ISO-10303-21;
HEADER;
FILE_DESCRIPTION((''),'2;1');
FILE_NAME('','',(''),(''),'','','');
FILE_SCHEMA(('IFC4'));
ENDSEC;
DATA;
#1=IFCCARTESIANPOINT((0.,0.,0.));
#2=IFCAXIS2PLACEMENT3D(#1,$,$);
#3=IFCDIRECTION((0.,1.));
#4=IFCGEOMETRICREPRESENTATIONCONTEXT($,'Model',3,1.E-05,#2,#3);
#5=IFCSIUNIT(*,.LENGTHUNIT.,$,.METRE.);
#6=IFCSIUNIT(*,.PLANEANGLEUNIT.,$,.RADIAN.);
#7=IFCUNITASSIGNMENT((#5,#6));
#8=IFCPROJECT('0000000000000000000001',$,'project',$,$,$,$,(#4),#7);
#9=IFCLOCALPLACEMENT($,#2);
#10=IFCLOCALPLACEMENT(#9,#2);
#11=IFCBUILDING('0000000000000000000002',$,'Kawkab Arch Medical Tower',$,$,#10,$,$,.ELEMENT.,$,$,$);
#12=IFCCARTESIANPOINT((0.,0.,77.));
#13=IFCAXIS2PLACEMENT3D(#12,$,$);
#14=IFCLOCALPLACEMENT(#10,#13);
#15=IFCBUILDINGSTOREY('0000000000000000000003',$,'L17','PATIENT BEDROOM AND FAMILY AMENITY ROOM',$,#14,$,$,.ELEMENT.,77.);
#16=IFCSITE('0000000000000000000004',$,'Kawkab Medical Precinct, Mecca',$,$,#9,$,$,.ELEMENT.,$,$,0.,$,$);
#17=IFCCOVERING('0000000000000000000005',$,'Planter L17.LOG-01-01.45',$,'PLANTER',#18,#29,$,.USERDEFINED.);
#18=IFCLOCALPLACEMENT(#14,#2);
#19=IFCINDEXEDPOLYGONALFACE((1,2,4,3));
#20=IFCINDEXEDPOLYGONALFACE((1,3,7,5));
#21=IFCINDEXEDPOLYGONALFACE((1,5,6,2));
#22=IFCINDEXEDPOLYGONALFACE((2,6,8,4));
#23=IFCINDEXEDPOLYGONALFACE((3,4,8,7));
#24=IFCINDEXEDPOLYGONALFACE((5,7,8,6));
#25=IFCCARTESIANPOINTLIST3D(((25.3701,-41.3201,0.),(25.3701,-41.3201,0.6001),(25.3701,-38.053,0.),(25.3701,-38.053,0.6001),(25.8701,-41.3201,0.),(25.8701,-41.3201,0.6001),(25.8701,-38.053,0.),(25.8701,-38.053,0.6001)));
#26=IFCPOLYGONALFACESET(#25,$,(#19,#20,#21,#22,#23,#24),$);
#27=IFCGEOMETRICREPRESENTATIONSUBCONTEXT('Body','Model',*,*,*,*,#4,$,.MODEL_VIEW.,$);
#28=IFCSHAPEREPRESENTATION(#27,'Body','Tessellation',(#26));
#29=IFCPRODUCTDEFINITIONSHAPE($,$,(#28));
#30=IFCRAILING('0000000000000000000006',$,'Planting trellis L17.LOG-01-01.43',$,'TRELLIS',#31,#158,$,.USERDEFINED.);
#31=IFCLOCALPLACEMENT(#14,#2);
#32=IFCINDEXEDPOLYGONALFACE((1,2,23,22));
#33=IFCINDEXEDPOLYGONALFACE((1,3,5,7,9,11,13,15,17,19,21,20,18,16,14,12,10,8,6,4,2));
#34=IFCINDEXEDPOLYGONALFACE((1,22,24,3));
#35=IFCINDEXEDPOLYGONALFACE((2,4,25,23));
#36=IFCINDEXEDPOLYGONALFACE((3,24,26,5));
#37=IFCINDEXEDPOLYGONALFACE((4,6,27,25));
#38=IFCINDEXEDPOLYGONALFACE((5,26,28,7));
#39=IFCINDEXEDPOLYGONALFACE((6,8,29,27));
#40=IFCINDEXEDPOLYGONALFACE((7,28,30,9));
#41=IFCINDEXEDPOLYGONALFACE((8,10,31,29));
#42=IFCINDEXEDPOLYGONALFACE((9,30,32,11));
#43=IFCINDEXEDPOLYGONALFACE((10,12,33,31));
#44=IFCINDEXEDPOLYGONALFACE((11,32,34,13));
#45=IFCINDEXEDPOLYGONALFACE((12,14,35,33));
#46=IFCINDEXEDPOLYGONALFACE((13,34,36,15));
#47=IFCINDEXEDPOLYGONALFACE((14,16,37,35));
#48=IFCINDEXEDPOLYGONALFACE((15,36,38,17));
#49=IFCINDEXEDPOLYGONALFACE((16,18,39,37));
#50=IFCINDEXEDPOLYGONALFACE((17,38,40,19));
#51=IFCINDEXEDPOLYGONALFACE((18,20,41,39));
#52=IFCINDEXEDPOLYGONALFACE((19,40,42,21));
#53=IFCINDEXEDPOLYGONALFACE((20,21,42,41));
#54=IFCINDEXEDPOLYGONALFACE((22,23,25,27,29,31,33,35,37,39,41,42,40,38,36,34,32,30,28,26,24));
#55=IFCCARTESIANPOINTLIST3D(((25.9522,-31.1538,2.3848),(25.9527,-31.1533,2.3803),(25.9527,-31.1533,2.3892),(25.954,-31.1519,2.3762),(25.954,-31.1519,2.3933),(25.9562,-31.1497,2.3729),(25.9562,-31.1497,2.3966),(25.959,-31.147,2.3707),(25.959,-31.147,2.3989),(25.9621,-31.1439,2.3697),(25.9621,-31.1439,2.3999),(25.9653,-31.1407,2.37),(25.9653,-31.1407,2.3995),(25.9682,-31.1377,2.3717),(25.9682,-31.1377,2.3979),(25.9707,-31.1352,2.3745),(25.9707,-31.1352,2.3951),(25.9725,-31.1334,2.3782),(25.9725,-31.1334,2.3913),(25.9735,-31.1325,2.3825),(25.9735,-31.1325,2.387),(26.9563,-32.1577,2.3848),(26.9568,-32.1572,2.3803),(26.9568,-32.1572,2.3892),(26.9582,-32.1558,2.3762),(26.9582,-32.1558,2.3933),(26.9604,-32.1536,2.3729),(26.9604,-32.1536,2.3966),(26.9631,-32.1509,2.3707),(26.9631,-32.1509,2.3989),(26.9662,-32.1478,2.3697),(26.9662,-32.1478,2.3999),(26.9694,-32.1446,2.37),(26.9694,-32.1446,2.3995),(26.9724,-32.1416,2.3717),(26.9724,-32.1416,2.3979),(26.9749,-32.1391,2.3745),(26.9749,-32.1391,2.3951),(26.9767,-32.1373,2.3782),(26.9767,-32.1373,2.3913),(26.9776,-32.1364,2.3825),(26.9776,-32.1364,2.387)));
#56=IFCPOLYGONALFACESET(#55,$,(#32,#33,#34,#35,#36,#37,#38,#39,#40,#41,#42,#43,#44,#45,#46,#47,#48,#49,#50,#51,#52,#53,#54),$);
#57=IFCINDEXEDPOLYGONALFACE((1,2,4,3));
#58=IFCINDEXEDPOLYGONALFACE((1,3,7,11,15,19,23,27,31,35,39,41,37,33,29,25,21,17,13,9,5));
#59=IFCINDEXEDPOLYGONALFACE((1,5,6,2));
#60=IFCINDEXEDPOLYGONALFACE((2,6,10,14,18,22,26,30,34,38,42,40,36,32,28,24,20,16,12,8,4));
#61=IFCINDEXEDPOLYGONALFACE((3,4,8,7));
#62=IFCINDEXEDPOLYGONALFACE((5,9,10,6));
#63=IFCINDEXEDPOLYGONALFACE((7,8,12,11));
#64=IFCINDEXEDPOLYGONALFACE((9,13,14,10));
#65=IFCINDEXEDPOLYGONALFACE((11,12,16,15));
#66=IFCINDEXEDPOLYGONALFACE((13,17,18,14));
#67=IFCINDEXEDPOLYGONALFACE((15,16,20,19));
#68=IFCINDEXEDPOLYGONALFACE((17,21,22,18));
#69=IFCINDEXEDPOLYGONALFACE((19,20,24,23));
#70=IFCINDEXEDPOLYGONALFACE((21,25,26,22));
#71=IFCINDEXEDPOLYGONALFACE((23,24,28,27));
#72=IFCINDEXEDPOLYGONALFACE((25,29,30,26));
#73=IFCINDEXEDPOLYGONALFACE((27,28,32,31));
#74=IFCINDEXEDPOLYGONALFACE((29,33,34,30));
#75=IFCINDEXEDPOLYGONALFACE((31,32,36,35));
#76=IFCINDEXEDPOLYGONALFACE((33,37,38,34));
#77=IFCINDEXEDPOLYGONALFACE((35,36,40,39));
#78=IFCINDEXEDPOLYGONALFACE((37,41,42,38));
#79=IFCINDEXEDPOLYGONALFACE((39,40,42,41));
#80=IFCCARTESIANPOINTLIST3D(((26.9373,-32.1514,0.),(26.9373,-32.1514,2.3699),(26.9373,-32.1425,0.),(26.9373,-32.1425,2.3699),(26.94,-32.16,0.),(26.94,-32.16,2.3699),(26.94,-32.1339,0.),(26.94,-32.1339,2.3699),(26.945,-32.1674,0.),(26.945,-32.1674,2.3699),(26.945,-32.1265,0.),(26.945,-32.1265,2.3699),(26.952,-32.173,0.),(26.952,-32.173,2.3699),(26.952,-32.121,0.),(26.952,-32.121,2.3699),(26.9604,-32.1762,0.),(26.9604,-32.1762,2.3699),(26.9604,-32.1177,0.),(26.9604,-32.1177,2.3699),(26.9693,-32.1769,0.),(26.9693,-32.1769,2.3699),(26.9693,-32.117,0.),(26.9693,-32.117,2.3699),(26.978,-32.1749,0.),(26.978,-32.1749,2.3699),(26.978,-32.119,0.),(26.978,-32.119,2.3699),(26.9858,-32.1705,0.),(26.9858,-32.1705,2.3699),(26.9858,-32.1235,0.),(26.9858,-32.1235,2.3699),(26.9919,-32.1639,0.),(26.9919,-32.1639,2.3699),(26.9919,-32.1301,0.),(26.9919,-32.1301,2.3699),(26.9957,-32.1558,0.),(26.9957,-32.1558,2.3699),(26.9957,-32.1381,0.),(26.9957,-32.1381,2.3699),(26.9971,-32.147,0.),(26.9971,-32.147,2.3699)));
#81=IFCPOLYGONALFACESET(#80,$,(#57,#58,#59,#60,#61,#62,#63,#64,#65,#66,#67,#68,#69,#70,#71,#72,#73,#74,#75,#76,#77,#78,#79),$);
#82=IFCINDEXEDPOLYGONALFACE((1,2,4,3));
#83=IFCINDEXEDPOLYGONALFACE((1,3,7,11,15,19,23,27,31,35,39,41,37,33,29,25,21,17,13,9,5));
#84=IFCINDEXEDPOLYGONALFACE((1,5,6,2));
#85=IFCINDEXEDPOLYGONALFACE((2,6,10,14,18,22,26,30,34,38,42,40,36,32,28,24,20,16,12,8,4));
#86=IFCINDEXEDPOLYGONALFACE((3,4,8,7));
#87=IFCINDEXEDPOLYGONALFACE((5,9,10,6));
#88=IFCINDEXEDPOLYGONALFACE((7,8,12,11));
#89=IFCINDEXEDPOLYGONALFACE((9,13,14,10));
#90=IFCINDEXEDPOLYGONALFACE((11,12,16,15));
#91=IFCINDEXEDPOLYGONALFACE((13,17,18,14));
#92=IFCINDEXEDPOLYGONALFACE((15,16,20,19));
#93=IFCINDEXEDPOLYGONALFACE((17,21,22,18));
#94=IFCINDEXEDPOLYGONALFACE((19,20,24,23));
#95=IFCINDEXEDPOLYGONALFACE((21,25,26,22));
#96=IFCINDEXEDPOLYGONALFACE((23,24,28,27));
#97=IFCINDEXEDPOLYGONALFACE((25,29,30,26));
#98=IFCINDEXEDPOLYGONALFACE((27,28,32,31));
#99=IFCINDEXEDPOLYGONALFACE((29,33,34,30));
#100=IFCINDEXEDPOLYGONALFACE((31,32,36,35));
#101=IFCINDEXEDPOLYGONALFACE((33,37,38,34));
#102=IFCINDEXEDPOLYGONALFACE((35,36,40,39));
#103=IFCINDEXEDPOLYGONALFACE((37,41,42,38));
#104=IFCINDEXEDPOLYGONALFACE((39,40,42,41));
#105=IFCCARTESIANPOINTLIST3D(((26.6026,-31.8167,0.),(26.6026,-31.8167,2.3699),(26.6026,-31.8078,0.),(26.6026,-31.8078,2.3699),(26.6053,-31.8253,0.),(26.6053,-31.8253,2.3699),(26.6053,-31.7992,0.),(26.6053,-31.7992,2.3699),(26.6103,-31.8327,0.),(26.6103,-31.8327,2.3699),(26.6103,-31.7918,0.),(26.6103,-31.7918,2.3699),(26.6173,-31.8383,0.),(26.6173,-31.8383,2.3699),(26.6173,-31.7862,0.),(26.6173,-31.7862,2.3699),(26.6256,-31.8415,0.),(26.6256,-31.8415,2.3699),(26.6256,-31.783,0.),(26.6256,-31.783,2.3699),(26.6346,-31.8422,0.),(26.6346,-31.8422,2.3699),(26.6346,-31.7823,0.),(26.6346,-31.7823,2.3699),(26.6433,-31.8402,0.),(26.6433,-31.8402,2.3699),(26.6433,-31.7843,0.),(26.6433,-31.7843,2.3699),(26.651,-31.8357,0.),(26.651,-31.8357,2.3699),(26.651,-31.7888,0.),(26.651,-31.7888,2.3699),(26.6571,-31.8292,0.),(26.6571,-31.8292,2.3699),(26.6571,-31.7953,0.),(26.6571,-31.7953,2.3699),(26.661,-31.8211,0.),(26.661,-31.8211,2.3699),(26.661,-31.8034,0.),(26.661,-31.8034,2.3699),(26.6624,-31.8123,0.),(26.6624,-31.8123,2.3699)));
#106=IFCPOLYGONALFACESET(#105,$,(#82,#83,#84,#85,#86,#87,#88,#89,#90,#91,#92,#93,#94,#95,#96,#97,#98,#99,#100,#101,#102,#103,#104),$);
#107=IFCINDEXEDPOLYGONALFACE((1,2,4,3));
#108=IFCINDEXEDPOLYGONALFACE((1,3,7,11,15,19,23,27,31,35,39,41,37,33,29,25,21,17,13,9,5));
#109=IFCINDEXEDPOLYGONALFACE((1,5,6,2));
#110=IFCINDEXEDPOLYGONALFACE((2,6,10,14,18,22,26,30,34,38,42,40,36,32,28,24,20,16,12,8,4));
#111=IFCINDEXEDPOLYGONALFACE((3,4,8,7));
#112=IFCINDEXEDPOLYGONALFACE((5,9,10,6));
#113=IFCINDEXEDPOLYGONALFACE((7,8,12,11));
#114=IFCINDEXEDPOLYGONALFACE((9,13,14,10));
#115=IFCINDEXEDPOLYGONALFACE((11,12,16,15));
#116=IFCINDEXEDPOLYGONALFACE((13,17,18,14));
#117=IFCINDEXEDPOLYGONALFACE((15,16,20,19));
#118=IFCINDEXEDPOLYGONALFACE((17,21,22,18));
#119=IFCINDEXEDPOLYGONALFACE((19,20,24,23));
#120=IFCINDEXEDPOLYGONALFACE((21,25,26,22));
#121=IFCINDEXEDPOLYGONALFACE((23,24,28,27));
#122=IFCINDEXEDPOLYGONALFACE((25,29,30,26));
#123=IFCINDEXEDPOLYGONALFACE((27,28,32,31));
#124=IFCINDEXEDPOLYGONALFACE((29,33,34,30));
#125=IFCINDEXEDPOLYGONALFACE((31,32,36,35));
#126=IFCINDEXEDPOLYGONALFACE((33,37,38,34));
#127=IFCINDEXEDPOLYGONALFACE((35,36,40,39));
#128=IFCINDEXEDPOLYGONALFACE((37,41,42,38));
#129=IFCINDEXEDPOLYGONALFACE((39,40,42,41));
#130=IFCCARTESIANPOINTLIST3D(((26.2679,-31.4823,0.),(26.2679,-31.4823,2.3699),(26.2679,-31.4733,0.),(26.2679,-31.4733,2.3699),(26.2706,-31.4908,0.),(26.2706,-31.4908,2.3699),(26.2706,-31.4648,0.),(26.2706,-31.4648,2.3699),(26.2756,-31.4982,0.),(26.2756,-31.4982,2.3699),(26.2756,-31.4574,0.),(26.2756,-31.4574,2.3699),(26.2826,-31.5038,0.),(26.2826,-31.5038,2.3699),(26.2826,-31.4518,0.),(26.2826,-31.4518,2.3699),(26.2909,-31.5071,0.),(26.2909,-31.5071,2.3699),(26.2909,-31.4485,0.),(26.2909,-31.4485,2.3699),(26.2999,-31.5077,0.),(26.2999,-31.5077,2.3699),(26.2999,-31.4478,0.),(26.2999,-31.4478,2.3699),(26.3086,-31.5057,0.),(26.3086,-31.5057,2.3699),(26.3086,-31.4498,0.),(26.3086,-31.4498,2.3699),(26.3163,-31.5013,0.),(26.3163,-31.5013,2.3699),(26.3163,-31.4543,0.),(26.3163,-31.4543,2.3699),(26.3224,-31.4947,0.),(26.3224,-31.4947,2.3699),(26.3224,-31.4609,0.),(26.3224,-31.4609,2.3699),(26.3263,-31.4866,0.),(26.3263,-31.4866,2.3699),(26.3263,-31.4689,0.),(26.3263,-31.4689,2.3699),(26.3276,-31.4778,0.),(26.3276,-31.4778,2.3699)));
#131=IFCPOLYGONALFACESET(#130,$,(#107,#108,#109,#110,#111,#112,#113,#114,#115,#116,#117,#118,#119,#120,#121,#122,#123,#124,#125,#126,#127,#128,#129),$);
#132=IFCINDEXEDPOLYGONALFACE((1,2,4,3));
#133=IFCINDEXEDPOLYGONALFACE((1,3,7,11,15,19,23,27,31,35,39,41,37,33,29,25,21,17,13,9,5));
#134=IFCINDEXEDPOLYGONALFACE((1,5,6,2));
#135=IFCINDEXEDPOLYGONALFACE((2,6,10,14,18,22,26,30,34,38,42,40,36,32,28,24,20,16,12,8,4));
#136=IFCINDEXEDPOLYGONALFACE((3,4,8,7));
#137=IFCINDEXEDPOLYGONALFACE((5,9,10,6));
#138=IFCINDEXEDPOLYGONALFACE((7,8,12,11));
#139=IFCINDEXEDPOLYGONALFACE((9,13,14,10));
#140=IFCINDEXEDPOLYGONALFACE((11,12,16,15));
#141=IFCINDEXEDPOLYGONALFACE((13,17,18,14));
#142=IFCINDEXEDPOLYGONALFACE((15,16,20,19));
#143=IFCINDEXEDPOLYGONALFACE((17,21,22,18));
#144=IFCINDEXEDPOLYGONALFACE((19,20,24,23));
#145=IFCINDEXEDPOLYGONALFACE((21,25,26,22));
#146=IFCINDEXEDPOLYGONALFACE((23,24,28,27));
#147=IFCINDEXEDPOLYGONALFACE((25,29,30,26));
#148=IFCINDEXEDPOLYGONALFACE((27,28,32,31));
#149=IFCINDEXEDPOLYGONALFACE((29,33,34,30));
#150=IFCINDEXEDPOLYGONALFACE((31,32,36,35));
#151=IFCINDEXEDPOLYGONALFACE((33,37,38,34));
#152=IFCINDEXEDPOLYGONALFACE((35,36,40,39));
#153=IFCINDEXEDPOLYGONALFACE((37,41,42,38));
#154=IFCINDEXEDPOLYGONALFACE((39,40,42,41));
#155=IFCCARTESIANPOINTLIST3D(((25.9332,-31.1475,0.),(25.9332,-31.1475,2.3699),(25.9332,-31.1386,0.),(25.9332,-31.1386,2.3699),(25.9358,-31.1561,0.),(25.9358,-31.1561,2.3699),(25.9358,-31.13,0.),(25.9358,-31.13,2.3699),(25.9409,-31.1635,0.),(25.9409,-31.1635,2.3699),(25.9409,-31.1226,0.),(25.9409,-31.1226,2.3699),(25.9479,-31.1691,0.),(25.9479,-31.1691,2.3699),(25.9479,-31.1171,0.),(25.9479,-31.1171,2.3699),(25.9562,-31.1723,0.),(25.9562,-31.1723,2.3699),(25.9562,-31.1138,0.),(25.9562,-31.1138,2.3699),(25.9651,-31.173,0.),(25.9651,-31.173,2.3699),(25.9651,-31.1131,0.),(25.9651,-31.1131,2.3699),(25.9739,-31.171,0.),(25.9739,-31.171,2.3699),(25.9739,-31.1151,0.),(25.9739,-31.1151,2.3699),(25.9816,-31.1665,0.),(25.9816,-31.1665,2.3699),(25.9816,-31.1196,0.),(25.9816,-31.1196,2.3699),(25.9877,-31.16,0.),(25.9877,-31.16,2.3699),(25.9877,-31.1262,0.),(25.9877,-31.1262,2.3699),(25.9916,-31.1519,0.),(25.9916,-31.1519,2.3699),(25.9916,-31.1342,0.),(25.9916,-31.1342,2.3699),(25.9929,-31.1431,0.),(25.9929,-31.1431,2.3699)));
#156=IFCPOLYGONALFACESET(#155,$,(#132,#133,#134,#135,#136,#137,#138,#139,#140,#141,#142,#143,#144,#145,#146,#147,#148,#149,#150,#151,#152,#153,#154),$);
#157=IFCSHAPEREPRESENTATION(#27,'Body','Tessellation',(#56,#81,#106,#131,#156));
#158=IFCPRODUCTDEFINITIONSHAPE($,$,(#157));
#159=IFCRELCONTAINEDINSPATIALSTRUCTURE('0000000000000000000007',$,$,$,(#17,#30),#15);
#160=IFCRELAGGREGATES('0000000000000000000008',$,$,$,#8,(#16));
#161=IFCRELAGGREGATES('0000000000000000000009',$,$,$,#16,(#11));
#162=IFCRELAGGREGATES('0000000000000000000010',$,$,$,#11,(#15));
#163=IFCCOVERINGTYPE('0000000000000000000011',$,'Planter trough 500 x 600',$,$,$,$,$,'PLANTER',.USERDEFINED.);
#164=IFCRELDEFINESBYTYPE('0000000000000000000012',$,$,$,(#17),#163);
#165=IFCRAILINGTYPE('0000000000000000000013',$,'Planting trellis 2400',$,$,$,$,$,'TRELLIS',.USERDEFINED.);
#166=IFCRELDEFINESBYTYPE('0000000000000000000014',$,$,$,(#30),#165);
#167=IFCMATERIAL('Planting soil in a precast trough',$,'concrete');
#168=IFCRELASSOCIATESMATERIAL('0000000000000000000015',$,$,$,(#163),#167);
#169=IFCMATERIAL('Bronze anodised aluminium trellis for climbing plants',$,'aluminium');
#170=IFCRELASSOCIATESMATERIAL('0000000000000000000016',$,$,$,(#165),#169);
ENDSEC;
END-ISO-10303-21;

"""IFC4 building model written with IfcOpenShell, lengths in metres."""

from ifc_helpers import new_model, si_unit, direction, frame, origin, origin_2d, place, context, subcontext, project, spatial, rectangle, circle, extrude, material, material_profile, profile_set, type_object, element, save


model = new_model("IFC4")

# Units and contexts
model_context = context("Model", 3, precision=1e-05, world=origin(), true_north=direction((0.0, 1.0)))
body_context = subcontext(model_context, "Body", "Model", "MODEL_VIEW")
ifc_project = project(units=[si_unit("LENGTHUNIT", "METRE"), si_unit("PLANEANGLEUNIT", "RADIAN")], contexts=[model_context])

# Site, building, storey
site_placement = place(None, origin())
site = spatial("IfcSite", under=ifc_project, at=site_placement, Name="Kawkab Medical Precinct, Mecca", CompositionType="ELEMENT", RefElevation=0.0)
building_placement = place(site_placement, origin())
building = spatial("IfcBuilding", under=site, at=building_placement, Name="Kawkab Arch Medical Tower", CompositionType="ELEMENT")
storey_placement = place(building_placement, frame((0.0, 0.0, 77.0)))
storey = spatial("IfcBuildingStorey", under=building, at=storey_placement, Name="L17", Description="PATIENT BEDROOM AND FAMILY AMENITY ROOM", CompositionType="ELEMENT", Elevation=77.0)

# Covering
ifc_material_1 = material(Name="Planting soil in a precast trough", Category="concrete")
ifc_material_profile_1 = material_profile(ifc_material_1, rectangle(XDim=0.5, YDim=0.6001, at=origin_2d()), Name="Trough 500x600")
ifc_profile_set_1 = profile_set([ifc_material_profile_1], Name="Planting soil in a precast trough")
covering_type = type_object("IfcCoveringType", Name="Planter trough 500 x 600", ElementType="PLANTER", PredefinedType="USERDEFINED", material=ifc_profile_set_1)
covering_1_placement = place(storey_placement, frame((25.6201, -38.053, 0.3), z_axis=(0.0, -1.0, 0.0), x_axis=(1.0, 0.0, 0.0)))
element("IfcCovering", 1, at=covering_1_placement, inside=storey, type_object=covering_type, Name="Planter L17.LOG-01-01.45", ObjectType="PLANTER", PredefinedType="USERDEFINED", context=body_context, shape_type="SweptSolid", body=[
    extrude(rectangle(XDim=0.5, YDim=0.6001, at=origin_2d()), origin(), (0.0, 0.0, 1.0), 3.2671),
])

# Railing
ifc_material_2 = material(Name="Bronze anodised aluminium trellis for climbing plants", Category="aluminium")
railing_type = type_object("IfcRailingType", Name="Planting trellis 2400", ElementType="TRELLIS", PredefinedType="USERDEFINED", material=ifc_material_2)
railing_1_placement = place(storey_placement, frame((26.967, -32.147, 0.0)))
element("IfcRailing", 2, at=railing_1_placement, inside=storey, type_object=railing_type, Name="Planting trellis L17.LOG-01-01.43", ObjectType="TRELLIS", PredefinedType="USERDEFINED", context=body_context, shape_type="SweptSolid", body=[
    extrude(circle(Radius=0.0151, at=origin_2d()), frame((0.0, 0.0, 2.3848), z_axis=(-0.707193, 0.707021, 0.0), x_axis=(-0.707021, -0.707193, 0.0)), (0.0, 0.0, 1.0), 1.4199),
    extrude(circle(Radius=0.03, at=origin_2d()), origin(), (0.0, 0.0, 1.0), 2.3699),
    extrude(circle(Radius=0.03, at=origin_2d()), frame((-0.3347, 0.3347, 0.0)), (0.0, 0.0, 1.0), 2.3699),
    extrude(circle(Radius=0.03, at=origin_2d()), frame((-0.6694, 0.6692, 0.0)), (0.0, 0.0, 1.0), 2.3699),
    extrude(circle(Radius=0.03, at=origin_2d()), frame((-1.0042, 1.0039, 0.0)), (0.0, 0.0, 1.0), 2.3699),
])

save(model, "model.ifc")
